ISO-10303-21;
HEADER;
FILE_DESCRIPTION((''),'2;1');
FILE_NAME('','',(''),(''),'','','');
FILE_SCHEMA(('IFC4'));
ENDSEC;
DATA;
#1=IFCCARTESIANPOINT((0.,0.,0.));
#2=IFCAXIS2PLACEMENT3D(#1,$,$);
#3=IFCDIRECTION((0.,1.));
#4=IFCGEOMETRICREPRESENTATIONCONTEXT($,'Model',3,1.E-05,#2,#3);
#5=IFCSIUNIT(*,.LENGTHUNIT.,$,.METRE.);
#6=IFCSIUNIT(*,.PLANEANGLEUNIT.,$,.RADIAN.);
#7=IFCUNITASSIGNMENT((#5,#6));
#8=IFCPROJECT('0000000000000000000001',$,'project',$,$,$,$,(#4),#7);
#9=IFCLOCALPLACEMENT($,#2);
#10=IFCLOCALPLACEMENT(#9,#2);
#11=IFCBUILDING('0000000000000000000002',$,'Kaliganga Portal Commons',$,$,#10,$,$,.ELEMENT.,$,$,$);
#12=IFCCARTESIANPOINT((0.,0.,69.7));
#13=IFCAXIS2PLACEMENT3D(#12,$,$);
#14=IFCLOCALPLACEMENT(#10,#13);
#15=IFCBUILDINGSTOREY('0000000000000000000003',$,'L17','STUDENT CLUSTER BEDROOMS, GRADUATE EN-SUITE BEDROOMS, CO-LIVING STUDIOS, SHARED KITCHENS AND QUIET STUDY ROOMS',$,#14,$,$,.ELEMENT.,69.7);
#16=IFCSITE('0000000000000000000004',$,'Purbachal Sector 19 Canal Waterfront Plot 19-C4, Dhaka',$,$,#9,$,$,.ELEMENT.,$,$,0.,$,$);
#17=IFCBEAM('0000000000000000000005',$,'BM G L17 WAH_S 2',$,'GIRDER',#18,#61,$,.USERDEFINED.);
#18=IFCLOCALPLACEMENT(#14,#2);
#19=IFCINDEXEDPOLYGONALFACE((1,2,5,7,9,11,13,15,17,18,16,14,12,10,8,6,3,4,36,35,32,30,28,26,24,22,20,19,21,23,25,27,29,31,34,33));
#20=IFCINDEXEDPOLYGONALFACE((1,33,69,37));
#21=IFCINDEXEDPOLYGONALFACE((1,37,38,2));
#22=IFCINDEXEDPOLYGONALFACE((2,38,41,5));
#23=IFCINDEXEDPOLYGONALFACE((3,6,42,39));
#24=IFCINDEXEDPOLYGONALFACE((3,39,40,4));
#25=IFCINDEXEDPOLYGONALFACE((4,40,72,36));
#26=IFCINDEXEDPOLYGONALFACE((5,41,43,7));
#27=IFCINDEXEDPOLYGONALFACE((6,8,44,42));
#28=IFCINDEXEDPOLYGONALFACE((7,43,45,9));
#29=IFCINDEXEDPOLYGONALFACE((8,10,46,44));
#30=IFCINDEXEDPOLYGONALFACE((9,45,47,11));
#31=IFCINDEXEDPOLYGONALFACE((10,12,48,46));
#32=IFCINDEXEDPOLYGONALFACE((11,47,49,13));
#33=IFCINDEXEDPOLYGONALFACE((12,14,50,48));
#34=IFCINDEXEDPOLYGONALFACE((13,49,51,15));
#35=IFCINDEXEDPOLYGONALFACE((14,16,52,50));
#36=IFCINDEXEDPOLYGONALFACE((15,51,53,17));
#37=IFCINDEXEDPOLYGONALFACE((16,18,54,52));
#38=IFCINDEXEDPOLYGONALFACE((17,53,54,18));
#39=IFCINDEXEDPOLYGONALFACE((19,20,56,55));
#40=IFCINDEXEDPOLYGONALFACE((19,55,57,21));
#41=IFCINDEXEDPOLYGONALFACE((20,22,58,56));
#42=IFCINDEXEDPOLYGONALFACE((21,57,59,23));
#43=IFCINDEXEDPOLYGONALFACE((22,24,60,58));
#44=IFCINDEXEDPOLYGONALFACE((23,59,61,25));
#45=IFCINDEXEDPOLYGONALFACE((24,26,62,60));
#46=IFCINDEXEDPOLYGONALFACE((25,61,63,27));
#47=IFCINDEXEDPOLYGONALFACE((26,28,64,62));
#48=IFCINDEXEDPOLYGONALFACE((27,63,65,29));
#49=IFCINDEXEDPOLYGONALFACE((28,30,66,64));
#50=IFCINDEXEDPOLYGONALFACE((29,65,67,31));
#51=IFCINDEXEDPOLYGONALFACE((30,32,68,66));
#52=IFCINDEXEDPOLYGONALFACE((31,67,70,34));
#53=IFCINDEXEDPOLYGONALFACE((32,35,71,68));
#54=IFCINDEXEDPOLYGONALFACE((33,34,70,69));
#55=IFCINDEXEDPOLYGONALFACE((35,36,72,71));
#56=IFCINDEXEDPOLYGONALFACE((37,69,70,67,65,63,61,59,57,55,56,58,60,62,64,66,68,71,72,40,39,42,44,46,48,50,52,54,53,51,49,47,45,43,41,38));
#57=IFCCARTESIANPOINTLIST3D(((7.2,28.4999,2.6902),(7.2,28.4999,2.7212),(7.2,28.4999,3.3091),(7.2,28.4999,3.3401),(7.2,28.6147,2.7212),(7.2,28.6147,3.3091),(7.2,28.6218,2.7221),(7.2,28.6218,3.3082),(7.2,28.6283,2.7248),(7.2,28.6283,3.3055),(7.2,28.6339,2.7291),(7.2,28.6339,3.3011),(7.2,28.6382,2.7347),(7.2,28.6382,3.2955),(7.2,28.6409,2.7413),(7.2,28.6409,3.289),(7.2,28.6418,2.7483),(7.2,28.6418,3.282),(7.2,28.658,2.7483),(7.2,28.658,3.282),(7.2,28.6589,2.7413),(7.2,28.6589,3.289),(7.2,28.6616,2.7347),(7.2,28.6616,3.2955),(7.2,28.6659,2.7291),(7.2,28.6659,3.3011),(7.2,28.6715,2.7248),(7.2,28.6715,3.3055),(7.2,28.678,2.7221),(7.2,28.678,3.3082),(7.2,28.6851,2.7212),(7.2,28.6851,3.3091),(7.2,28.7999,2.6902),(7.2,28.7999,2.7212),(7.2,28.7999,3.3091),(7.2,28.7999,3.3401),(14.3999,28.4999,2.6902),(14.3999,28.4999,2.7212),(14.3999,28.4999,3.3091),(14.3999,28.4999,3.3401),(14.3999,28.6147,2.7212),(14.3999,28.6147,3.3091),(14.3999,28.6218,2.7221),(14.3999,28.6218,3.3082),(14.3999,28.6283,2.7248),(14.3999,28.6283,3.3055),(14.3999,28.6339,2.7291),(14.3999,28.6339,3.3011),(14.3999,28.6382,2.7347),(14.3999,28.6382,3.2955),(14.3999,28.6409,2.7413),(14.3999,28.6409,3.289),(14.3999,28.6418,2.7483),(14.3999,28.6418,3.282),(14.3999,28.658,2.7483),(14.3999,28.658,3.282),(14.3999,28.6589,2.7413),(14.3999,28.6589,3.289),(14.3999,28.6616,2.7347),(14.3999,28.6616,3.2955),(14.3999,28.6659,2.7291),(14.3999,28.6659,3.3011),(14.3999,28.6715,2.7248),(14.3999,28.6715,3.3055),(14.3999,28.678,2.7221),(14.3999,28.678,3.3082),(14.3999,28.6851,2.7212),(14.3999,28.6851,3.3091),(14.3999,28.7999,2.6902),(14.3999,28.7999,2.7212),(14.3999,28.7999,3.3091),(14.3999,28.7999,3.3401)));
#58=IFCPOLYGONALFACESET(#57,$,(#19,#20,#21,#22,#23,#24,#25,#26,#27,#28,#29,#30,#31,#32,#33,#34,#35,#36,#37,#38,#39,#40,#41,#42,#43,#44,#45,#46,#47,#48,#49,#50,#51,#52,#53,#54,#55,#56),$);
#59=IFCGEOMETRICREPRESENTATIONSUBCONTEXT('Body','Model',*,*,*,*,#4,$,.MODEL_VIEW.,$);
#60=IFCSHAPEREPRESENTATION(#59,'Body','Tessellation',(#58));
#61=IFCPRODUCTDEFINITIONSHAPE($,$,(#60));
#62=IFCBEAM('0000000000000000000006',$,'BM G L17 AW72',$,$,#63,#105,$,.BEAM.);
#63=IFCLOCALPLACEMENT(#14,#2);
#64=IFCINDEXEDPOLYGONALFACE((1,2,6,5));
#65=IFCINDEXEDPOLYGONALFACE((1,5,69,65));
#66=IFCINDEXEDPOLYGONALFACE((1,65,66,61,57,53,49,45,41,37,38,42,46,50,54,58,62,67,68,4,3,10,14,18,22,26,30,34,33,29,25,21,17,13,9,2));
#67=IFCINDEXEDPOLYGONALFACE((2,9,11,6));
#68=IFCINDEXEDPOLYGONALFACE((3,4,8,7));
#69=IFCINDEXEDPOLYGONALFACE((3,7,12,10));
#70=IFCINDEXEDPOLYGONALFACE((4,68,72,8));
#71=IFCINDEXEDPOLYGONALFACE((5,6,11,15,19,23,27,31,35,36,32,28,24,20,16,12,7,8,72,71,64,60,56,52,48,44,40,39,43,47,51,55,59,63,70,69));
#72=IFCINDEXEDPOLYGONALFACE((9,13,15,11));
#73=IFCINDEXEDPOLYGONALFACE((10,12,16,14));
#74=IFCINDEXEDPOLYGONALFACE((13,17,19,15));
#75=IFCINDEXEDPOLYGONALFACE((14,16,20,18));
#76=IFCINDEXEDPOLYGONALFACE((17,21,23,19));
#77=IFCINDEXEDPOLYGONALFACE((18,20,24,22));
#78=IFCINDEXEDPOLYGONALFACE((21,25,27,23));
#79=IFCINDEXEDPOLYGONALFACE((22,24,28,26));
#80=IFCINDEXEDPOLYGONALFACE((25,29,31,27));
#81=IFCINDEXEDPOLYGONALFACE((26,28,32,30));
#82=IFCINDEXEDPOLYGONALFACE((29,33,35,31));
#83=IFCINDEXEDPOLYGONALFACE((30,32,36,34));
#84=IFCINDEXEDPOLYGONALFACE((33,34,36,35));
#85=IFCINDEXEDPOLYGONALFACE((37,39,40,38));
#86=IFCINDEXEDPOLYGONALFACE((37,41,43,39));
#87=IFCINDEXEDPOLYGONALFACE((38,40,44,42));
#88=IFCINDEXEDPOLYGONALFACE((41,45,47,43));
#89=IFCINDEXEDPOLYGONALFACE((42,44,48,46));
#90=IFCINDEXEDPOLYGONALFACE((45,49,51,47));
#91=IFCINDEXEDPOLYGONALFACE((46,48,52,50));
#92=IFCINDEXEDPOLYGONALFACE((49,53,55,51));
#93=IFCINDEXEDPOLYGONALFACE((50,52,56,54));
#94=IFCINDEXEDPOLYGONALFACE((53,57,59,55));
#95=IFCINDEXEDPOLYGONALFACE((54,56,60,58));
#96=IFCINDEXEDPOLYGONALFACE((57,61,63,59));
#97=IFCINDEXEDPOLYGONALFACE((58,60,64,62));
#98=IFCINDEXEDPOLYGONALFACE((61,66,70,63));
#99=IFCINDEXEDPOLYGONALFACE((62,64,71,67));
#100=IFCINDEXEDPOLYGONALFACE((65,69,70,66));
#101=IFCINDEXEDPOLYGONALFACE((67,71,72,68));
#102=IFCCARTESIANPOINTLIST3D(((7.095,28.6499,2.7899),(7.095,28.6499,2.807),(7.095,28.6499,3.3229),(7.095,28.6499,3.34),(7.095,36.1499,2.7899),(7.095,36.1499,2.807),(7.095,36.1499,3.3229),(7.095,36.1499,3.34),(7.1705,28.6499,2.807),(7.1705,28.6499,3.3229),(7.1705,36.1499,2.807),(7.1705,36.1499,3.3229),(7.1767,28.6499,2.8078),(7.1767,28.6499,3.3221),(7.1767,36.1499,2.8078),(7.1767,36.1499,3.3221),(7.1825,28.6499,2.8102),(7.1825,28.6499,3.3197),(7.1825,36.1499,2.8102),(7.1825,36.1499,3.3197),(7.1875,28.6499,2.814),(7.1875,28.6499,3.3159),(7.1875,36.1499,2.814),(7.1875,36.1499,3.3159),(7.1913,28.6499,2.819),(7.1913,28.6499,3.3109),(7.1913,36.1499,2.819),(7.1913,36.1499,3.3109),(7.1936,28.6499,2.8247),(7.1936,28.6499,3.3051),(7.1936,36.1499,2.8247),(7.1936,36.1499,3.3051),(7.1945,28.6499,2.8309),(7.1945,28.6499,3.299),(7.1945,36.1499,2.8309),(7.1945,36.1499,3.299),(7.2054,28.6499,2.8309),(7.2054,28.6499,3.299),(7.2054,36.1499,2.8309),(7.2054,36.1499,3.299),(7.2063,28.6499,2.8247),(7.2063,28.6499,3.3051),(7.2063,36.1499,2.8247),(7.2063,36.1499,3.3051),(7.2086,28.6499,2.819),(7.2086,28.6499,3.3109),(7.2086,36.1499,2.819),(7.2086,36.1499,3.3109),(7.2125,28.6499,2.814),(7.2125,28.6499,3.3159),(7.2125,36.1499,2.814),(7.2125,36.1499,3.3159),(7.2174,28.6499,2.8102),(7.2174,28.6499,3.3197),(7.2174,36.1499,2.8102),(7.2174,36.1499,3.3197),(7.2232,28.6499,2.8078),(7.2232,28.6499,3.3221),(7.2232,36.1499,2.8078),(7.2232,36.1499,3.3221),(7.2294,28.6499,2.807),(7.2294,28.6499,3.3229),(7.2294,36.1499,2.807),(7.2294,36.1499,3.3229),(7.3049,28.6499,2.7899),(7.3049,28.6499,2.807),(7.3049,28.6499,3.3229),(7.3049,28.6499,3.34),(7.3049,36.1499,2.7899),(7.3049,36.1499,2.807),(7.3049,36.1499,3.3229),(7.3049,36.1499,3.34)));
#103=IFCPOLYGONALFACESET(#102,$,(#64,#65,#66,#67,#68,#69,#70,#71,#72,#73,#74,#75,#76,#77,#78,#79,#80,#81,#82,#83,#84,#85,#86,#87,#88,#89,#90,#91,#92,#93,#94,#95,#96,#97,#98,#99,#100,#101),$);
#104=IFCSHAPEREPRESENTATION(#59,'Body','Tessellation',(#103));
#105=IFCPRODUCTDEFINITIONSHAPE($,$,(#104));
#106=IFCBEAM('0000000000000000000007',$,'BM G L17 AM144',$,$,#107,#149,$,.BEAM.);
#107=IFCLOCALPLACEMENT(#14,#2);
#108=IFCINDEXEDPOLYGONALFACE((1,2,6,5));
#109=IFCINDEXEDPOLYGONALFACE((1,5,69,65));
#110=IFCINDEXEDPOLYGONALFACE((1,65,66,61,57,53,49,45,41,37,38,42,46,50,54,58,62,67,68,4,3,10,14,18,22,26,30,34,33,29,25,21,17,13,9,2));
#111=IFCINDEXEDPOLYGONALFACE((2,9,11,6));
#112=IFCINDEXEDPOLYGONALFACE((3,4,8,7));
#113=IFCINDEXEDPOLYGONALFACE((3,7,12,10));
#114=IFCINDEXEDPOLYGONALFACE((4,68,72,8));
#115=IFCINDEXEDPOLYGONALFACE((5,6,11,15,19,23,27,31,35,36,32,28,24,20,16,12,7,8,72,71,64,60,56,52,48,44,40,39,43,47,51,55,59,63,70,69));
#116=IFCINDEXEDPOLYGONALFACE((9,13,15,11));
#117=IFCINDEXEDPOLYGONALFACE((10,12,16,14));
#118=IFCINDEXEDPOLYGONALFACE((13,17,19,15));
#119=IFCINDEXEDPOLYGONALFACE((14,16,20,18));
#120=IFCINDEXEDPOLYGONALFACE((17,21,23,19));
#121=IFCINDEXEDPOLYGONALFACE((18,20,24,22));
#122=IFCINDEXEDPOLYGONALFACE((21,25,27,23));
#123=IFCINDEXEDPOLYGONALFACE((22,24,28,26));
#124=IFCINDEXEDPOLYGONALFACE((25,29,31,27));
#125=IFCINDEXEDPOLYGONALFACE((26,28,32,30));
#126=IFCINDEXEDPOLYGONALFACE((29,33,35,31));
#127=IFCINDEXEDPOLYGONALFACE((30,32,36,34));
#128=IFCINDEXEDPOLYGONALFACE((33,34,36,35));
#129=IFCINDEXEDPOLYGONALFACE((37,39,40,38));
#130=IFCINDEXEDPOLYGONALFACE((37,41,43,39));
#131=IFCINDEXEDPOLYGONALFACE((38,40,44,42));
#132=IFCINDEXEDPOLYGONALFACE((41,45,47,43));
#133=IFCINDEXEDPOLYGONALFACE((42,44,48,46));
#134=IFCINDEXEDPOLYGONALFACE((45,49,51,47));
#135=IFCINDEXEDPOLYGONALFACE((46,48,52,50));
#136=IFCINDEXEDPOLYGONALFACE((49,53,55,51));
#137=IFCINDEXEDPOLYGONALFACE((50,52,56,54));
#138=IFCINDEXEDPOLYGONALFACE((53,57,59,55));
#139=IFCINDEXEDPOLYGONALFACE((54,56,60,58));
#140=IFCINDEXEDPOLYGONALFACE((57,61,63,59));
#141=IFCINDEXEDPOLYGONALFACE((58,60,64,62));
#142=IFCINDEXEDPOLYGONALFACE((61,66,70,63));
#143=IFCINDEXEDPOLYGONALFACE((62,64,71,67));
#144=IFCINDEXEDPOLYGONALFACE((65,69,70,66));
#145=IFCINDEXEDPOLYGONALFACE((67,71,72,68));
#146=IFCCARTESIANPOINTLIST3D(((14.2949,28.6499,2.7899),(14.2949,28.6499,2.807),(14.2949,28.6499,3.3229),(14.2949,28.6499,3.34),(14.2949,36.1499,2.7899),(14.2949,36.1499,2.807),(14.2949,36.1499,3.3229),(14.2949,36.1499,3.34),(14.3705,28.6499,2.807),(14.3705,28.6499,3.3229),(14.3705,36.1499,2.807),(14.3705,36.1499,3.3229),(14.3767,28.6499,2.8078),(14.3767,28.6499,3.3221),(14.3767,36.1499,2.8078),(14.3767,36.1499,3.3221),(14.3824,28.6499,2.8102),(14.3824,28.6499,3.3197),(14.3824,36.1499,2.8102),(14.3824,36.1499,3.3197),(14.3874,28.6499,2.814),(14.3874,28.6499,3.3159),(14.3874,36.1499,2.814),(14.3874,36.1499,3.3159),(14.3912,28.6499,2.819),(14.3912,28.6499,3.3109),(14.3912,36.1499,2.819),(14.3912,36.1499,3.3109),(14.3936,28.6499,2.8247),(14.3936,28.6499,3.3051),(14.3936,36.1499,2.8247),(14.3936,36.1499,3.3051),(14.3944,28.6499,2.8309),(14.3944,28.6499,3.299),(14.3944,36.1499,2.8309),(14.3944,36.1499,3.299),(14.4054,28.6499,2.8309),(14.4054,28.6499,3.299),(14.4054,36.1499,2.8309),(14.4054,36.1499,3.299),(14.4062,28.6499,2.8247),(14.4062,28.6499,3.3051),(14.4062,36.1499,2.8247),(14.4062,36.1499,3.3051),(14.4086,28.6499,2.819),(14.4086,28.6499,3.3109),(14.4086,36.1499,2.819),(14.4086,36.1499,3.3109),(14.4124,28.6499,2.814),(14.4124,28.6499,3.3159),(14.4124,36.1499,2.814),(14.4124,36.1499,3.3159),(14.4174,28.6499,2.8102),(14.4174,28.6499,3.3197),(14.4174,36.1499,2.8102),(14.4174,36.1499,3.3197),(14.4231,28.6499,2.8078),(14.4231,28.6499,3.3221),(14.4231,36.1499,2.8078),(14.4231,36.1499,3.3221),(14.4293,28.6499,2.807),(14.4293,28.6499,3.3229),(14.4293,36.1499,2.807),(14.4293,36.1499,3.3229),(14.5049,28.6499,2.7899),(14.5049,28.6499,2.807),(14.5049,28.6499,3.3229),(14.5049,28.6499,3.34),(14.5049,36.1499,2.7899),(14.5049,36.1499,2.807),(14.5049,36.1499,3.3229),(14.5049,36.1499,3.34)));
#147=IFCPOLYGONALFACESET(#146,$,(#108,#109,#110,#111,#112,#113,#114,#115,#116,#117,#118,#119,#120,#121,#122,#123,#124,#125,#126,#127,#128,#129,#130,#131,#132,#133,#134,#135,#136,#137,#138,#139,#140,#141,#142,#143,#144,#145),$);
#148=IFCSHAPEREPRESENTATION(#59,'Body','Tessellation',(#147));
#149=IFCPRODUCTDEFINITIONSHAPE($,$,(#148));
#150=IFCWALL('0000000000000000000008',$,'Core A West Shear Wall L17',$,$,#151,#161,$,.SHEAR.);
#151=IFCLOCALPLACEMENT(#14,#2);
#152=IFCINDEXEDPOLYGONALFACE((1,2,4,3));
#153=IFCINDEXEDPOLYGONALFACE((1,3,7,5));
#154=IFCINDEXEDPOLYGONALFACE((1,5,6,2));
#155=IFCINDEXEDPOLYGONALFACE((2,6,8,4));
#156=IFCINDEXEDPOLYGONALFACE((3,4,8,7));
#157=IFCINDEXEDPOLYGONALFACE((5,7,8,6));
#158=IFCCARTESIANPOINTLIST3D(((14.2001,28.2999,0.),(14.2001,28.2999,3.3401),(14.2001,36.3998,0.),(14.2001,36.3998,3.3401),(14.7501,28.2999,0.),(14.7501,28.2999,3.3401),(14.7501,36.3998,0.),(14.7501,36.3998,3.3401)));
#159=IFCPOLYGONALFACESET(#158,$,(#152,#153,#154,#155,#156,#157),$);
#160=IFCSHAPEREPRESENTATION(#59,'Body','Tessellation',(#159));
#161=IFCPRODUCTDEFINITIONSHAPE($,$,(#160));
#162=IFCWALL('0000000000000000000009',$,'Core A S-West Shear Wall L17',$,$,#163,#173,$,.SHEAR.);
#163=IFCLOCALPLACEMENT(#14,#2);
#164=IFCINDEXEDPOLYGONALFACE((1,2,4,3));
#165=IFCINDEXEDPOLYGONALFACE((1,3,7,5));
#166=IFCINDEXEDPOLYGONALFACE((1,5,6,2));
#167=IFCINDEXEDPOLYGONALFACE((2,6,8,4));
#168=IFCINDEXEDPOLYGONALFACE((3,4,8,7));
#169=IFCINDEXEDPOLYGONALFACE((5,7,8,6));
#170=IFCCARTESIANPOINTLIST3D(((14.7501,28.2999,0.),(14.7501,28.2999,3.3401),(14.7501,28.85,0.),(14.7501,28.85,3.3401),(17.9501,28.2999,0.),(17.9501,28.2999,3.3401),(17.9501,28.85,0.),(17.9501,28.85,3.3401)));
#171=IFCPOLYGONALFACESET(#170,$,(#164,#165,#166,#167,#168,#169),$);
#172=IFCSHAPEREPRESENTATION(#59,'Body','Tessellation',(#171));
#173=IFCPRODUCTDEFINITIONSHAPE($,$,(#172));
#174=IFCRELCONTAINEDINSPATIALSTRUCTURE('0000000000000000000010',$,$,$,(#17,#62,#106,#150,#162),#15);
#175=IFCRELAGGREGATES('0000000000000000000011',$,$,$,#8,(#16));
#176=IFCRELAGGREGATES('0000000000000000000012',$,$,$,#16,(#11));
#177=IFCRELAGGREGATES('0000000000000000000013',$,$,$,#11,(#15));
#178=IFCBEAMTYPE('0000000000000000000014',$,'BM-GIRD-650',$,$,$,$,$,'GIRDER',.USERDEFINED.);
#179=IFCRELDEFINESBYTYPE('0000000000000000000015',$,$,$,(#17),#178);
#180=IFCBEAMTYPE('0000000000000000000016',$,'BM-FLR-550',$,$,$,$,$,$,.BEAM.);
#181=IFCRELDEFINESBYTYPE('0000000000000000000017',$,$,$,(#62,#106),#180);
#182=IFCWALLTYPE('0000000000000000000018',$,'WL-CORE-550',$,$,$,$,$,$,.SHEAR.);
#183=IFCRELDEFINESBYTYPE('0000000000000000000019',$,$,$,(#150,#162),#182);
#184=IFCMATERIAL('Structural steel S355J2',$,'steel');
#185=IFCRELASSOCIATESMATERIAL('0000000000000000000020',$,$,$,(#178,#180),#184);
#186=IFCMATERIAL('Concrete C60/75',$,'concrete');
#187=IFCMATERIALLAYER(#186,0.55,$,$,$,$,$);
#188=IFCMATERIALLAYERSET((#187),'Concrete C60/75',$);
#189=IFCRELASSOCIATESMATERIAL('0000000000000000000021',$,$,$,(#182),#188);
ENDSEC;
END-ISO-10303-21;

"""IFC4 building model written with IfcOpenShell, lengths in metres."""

from ifc_helpers import new_model, si_unit, direction, frame, frame_2d, origin, origin_2d, place, context, subcontext, project, spatial, rectangle, i_section, extrude, source, transform, mapped, material, layer, layer_set, material_profile, profile_set, type_object, element, save


model = new_model("IFC4")

# Units and contexts
model_context = context("Model", 3, precision=1e-05, world=origin(), true_north=direction((0.0, 1.0)))
body_context = subcontext(model_context, "Body", "Model", "MODEL_VIEW")
ifc_project = project(units=[si_unit("LENGTHUNIT", "METRE"), si_unit("PLANEANGLEUNIT", "RADIAN")], contexts=[model_context])

# Site, building, storey
site_placement = place(None, origin())
site = spatial("IfcSite", under=ifc_project, at=site_placement, Name="Purbachal Sector 19 Canal Waterfront Plot 19-C4, Dhaka", CompositionType="ELEMENT", RefElevation=0.0)
building_placement = place(site_placement, origin())
building = spatial("IfcBuilding", under=site, at=building_placement, Name="Kaliganga Portal Commons", CompositionType="ELEMENT")
storey_placement = place(building_placement, frame((0.0, 0.0, 69.7)))
storey = spatial("IfcBuildingStorey", under=building, at=storey_placement, Name="L17", Description="STUDENT CLUSTER BEDROOMS, GRADUATE EN-SUITE BEDROOMS, CO-LIVING STUDIOS, SHARED KITCHENS AND QUIET STUDY ROOMS", CompositionType="ELEMENT", Elevation=69.7)

# Beams
ifc_material_1 = material(Name="Structural steel S355J2", Category="steel")
ifc_material_profile_1 = material_profile(ifc_material_1, i_section(OverallWidth=0.3, OverallDepth=0.6499, WebThickness=0.0161, FlangeThickness=0.031, FilletRadius=0.0271, at=origin_2d()), Name="HE 650 B")
ifc_profile_set_1 = profile_set([ifc_material_profile_1], Name="Structural steel S355J2 wide-flange")
beam_type_1 = type_object("IfcBeamType", Name="BM-GIRD-650", ElementType="GIRDER", PredefinedType="USERDEFINED", material=ifc_profile_set_1)
shared_shape_1 = source(origin(), body_context, "Body", "SweptSolid", [
    extrude(i_section(OverallWidth=0.3, OverallDepth=0.6499, WebThickness=0.0161, FlangeThickness=0.031, FilletRadius=0.0271, at=origin_2d()), origin(), (0.0, 0.0, 1.0), 7.2),
])
beam_1_placement = place(storey_placement, frame((7.2, 28.6499, 3.0151), z_axis=(1.0, 0.0, 0.0), x_axis=(0.0, 1.0, 0.0)))
element("IfcBeam", 1, at=beam_1_placement, inside=storey, type_object=beam_type_1, Name="BM G L17 WAH_S 2", ObjectType="GIRDER", PredefinedType="USERDEFINED", context=body_context, shape_type="MappedRepresentation", body=[
    mapped(shared_shape_1, transform((0.0, 0.0, 0.0), x_axis=(1.0, 0.0, 0.0), y_axis=(0.0, 1.0, 0.0), z_axis=(0.0, 0.0, 1.0), scale=1.0)),
])
ifc_material_profile_2 = material_profile(ifc_material_1, i_section(OverallWidth=0.21, OverallDepth=0.55, WebThickness=0.011, FlangeThickness=0.0171, FilletRadius=0.0239, at=origin_2d()), Name="IPE 550")
ifc_profile_set_2 = profile_set([ifc_material_profile_2], Name="Structural steel S355J2 wide-flange")
beam_type_2 = type_object("IfcBeamType", Name="BM-FLR-550", PredefinedType="BEAM", material=ifc_profile_set_2)
shared_shape_2 = source(origin(), body_context, "Body", "SweptSolid", [
    extrude(i_section(OverallWidth=0.21, OverallDepth=0.55, WebThickness=0.011, FlangeThickness=0.0171, FilletRadius=0.0239, at=origin_2d()), origin(), (0.0, 0.0, 1.0), 7.5),
])
for number, where, z_axis, x_axis, name in (
    (2, (7.2, 28.6499, 3.0649), (0.0, 1.0, 0.0), (-1.0, 0.0, 0.0), "BM G L17 AW72"),
    (3, (14.3999, 28.6499, 3.0649), (0.0, 1.0, 0.0), (-1.0, 0.0, 0.0), "BM G L17 AM144"),
):
    element("IfcBeam", number, at=place(storey_placement, frame(where, z_axis=z_axis, x_axis=x_axis)), inside=storey, type_object=beam_type_2, Name=name, PredefinedType="BEAM", context=body_context, shape_type="MappedRepresentation", body=[
        mapped(shared_shape_2, transform((0.0, 0.0, 0.0), x_axis=(1.0, 0.0, 0.0), y_axis=(0.0, 1.0, 0.0), z_axis=(0.0, 0.0, 1.0), scale=1.0)),
    ])

# Walls
ifc_material_2 = material(Name="Concrete C60/75", Category="concrete")
ifc_layer_1 = layer(ifc_material_2, 0.55)
ifc_layer_set_1 = layer_set([ifc_layer_1], Name="Concrete C60/75")
wall_type_1 = type_object("IfcWallType", Name="WL-CORE-550", PredefinedType="SHEAR", material=ifc_layer_set_1)
wall_1_placement = place(storey_placement, frame((14.4751, 28.3, 0.0), z_axis=(0.0, 0.0, 1.0), x_axis=(0.0, 1.0, 0.0)))
element("IfcWall", 4, at=wall_1_placement, inside=storey, type_object=wall_type_1, Name="Core A West Shear Wall L17", PredefinedType="SHEAR", context=body_context, shape_type="SweptSolid", body=[
    extrude(rectangle(XDim=8.0999, YDim=0.55, at=frame_2d((4.0498, 0.0))), origin(), (0.0, 0.0, 1.0), 3.3401),
])
wall_2_placement = place(storey_placement, frame((14.75, 28.575, 0.0), z_axis=(0.0, 0.0, 1.0), x_axis=(1.0, 0.0, 0.0)))
element("IfcWall", 5, at=wall_2_placement, inside=storey, type_object=wall_type_1, Name="Core A S-West Shear Wall L17", PredefinedType="SHEAR", context=body_context, shape_type="SweptSolid", body=[
    extrude(rectangle(XDim=3.2, YDim=0.55, at=frame_2d((1.6001, 0.0))), origin(), (0.0, 0.0, 1.0), 3.3401),
])

save(model, "model.ifc")
